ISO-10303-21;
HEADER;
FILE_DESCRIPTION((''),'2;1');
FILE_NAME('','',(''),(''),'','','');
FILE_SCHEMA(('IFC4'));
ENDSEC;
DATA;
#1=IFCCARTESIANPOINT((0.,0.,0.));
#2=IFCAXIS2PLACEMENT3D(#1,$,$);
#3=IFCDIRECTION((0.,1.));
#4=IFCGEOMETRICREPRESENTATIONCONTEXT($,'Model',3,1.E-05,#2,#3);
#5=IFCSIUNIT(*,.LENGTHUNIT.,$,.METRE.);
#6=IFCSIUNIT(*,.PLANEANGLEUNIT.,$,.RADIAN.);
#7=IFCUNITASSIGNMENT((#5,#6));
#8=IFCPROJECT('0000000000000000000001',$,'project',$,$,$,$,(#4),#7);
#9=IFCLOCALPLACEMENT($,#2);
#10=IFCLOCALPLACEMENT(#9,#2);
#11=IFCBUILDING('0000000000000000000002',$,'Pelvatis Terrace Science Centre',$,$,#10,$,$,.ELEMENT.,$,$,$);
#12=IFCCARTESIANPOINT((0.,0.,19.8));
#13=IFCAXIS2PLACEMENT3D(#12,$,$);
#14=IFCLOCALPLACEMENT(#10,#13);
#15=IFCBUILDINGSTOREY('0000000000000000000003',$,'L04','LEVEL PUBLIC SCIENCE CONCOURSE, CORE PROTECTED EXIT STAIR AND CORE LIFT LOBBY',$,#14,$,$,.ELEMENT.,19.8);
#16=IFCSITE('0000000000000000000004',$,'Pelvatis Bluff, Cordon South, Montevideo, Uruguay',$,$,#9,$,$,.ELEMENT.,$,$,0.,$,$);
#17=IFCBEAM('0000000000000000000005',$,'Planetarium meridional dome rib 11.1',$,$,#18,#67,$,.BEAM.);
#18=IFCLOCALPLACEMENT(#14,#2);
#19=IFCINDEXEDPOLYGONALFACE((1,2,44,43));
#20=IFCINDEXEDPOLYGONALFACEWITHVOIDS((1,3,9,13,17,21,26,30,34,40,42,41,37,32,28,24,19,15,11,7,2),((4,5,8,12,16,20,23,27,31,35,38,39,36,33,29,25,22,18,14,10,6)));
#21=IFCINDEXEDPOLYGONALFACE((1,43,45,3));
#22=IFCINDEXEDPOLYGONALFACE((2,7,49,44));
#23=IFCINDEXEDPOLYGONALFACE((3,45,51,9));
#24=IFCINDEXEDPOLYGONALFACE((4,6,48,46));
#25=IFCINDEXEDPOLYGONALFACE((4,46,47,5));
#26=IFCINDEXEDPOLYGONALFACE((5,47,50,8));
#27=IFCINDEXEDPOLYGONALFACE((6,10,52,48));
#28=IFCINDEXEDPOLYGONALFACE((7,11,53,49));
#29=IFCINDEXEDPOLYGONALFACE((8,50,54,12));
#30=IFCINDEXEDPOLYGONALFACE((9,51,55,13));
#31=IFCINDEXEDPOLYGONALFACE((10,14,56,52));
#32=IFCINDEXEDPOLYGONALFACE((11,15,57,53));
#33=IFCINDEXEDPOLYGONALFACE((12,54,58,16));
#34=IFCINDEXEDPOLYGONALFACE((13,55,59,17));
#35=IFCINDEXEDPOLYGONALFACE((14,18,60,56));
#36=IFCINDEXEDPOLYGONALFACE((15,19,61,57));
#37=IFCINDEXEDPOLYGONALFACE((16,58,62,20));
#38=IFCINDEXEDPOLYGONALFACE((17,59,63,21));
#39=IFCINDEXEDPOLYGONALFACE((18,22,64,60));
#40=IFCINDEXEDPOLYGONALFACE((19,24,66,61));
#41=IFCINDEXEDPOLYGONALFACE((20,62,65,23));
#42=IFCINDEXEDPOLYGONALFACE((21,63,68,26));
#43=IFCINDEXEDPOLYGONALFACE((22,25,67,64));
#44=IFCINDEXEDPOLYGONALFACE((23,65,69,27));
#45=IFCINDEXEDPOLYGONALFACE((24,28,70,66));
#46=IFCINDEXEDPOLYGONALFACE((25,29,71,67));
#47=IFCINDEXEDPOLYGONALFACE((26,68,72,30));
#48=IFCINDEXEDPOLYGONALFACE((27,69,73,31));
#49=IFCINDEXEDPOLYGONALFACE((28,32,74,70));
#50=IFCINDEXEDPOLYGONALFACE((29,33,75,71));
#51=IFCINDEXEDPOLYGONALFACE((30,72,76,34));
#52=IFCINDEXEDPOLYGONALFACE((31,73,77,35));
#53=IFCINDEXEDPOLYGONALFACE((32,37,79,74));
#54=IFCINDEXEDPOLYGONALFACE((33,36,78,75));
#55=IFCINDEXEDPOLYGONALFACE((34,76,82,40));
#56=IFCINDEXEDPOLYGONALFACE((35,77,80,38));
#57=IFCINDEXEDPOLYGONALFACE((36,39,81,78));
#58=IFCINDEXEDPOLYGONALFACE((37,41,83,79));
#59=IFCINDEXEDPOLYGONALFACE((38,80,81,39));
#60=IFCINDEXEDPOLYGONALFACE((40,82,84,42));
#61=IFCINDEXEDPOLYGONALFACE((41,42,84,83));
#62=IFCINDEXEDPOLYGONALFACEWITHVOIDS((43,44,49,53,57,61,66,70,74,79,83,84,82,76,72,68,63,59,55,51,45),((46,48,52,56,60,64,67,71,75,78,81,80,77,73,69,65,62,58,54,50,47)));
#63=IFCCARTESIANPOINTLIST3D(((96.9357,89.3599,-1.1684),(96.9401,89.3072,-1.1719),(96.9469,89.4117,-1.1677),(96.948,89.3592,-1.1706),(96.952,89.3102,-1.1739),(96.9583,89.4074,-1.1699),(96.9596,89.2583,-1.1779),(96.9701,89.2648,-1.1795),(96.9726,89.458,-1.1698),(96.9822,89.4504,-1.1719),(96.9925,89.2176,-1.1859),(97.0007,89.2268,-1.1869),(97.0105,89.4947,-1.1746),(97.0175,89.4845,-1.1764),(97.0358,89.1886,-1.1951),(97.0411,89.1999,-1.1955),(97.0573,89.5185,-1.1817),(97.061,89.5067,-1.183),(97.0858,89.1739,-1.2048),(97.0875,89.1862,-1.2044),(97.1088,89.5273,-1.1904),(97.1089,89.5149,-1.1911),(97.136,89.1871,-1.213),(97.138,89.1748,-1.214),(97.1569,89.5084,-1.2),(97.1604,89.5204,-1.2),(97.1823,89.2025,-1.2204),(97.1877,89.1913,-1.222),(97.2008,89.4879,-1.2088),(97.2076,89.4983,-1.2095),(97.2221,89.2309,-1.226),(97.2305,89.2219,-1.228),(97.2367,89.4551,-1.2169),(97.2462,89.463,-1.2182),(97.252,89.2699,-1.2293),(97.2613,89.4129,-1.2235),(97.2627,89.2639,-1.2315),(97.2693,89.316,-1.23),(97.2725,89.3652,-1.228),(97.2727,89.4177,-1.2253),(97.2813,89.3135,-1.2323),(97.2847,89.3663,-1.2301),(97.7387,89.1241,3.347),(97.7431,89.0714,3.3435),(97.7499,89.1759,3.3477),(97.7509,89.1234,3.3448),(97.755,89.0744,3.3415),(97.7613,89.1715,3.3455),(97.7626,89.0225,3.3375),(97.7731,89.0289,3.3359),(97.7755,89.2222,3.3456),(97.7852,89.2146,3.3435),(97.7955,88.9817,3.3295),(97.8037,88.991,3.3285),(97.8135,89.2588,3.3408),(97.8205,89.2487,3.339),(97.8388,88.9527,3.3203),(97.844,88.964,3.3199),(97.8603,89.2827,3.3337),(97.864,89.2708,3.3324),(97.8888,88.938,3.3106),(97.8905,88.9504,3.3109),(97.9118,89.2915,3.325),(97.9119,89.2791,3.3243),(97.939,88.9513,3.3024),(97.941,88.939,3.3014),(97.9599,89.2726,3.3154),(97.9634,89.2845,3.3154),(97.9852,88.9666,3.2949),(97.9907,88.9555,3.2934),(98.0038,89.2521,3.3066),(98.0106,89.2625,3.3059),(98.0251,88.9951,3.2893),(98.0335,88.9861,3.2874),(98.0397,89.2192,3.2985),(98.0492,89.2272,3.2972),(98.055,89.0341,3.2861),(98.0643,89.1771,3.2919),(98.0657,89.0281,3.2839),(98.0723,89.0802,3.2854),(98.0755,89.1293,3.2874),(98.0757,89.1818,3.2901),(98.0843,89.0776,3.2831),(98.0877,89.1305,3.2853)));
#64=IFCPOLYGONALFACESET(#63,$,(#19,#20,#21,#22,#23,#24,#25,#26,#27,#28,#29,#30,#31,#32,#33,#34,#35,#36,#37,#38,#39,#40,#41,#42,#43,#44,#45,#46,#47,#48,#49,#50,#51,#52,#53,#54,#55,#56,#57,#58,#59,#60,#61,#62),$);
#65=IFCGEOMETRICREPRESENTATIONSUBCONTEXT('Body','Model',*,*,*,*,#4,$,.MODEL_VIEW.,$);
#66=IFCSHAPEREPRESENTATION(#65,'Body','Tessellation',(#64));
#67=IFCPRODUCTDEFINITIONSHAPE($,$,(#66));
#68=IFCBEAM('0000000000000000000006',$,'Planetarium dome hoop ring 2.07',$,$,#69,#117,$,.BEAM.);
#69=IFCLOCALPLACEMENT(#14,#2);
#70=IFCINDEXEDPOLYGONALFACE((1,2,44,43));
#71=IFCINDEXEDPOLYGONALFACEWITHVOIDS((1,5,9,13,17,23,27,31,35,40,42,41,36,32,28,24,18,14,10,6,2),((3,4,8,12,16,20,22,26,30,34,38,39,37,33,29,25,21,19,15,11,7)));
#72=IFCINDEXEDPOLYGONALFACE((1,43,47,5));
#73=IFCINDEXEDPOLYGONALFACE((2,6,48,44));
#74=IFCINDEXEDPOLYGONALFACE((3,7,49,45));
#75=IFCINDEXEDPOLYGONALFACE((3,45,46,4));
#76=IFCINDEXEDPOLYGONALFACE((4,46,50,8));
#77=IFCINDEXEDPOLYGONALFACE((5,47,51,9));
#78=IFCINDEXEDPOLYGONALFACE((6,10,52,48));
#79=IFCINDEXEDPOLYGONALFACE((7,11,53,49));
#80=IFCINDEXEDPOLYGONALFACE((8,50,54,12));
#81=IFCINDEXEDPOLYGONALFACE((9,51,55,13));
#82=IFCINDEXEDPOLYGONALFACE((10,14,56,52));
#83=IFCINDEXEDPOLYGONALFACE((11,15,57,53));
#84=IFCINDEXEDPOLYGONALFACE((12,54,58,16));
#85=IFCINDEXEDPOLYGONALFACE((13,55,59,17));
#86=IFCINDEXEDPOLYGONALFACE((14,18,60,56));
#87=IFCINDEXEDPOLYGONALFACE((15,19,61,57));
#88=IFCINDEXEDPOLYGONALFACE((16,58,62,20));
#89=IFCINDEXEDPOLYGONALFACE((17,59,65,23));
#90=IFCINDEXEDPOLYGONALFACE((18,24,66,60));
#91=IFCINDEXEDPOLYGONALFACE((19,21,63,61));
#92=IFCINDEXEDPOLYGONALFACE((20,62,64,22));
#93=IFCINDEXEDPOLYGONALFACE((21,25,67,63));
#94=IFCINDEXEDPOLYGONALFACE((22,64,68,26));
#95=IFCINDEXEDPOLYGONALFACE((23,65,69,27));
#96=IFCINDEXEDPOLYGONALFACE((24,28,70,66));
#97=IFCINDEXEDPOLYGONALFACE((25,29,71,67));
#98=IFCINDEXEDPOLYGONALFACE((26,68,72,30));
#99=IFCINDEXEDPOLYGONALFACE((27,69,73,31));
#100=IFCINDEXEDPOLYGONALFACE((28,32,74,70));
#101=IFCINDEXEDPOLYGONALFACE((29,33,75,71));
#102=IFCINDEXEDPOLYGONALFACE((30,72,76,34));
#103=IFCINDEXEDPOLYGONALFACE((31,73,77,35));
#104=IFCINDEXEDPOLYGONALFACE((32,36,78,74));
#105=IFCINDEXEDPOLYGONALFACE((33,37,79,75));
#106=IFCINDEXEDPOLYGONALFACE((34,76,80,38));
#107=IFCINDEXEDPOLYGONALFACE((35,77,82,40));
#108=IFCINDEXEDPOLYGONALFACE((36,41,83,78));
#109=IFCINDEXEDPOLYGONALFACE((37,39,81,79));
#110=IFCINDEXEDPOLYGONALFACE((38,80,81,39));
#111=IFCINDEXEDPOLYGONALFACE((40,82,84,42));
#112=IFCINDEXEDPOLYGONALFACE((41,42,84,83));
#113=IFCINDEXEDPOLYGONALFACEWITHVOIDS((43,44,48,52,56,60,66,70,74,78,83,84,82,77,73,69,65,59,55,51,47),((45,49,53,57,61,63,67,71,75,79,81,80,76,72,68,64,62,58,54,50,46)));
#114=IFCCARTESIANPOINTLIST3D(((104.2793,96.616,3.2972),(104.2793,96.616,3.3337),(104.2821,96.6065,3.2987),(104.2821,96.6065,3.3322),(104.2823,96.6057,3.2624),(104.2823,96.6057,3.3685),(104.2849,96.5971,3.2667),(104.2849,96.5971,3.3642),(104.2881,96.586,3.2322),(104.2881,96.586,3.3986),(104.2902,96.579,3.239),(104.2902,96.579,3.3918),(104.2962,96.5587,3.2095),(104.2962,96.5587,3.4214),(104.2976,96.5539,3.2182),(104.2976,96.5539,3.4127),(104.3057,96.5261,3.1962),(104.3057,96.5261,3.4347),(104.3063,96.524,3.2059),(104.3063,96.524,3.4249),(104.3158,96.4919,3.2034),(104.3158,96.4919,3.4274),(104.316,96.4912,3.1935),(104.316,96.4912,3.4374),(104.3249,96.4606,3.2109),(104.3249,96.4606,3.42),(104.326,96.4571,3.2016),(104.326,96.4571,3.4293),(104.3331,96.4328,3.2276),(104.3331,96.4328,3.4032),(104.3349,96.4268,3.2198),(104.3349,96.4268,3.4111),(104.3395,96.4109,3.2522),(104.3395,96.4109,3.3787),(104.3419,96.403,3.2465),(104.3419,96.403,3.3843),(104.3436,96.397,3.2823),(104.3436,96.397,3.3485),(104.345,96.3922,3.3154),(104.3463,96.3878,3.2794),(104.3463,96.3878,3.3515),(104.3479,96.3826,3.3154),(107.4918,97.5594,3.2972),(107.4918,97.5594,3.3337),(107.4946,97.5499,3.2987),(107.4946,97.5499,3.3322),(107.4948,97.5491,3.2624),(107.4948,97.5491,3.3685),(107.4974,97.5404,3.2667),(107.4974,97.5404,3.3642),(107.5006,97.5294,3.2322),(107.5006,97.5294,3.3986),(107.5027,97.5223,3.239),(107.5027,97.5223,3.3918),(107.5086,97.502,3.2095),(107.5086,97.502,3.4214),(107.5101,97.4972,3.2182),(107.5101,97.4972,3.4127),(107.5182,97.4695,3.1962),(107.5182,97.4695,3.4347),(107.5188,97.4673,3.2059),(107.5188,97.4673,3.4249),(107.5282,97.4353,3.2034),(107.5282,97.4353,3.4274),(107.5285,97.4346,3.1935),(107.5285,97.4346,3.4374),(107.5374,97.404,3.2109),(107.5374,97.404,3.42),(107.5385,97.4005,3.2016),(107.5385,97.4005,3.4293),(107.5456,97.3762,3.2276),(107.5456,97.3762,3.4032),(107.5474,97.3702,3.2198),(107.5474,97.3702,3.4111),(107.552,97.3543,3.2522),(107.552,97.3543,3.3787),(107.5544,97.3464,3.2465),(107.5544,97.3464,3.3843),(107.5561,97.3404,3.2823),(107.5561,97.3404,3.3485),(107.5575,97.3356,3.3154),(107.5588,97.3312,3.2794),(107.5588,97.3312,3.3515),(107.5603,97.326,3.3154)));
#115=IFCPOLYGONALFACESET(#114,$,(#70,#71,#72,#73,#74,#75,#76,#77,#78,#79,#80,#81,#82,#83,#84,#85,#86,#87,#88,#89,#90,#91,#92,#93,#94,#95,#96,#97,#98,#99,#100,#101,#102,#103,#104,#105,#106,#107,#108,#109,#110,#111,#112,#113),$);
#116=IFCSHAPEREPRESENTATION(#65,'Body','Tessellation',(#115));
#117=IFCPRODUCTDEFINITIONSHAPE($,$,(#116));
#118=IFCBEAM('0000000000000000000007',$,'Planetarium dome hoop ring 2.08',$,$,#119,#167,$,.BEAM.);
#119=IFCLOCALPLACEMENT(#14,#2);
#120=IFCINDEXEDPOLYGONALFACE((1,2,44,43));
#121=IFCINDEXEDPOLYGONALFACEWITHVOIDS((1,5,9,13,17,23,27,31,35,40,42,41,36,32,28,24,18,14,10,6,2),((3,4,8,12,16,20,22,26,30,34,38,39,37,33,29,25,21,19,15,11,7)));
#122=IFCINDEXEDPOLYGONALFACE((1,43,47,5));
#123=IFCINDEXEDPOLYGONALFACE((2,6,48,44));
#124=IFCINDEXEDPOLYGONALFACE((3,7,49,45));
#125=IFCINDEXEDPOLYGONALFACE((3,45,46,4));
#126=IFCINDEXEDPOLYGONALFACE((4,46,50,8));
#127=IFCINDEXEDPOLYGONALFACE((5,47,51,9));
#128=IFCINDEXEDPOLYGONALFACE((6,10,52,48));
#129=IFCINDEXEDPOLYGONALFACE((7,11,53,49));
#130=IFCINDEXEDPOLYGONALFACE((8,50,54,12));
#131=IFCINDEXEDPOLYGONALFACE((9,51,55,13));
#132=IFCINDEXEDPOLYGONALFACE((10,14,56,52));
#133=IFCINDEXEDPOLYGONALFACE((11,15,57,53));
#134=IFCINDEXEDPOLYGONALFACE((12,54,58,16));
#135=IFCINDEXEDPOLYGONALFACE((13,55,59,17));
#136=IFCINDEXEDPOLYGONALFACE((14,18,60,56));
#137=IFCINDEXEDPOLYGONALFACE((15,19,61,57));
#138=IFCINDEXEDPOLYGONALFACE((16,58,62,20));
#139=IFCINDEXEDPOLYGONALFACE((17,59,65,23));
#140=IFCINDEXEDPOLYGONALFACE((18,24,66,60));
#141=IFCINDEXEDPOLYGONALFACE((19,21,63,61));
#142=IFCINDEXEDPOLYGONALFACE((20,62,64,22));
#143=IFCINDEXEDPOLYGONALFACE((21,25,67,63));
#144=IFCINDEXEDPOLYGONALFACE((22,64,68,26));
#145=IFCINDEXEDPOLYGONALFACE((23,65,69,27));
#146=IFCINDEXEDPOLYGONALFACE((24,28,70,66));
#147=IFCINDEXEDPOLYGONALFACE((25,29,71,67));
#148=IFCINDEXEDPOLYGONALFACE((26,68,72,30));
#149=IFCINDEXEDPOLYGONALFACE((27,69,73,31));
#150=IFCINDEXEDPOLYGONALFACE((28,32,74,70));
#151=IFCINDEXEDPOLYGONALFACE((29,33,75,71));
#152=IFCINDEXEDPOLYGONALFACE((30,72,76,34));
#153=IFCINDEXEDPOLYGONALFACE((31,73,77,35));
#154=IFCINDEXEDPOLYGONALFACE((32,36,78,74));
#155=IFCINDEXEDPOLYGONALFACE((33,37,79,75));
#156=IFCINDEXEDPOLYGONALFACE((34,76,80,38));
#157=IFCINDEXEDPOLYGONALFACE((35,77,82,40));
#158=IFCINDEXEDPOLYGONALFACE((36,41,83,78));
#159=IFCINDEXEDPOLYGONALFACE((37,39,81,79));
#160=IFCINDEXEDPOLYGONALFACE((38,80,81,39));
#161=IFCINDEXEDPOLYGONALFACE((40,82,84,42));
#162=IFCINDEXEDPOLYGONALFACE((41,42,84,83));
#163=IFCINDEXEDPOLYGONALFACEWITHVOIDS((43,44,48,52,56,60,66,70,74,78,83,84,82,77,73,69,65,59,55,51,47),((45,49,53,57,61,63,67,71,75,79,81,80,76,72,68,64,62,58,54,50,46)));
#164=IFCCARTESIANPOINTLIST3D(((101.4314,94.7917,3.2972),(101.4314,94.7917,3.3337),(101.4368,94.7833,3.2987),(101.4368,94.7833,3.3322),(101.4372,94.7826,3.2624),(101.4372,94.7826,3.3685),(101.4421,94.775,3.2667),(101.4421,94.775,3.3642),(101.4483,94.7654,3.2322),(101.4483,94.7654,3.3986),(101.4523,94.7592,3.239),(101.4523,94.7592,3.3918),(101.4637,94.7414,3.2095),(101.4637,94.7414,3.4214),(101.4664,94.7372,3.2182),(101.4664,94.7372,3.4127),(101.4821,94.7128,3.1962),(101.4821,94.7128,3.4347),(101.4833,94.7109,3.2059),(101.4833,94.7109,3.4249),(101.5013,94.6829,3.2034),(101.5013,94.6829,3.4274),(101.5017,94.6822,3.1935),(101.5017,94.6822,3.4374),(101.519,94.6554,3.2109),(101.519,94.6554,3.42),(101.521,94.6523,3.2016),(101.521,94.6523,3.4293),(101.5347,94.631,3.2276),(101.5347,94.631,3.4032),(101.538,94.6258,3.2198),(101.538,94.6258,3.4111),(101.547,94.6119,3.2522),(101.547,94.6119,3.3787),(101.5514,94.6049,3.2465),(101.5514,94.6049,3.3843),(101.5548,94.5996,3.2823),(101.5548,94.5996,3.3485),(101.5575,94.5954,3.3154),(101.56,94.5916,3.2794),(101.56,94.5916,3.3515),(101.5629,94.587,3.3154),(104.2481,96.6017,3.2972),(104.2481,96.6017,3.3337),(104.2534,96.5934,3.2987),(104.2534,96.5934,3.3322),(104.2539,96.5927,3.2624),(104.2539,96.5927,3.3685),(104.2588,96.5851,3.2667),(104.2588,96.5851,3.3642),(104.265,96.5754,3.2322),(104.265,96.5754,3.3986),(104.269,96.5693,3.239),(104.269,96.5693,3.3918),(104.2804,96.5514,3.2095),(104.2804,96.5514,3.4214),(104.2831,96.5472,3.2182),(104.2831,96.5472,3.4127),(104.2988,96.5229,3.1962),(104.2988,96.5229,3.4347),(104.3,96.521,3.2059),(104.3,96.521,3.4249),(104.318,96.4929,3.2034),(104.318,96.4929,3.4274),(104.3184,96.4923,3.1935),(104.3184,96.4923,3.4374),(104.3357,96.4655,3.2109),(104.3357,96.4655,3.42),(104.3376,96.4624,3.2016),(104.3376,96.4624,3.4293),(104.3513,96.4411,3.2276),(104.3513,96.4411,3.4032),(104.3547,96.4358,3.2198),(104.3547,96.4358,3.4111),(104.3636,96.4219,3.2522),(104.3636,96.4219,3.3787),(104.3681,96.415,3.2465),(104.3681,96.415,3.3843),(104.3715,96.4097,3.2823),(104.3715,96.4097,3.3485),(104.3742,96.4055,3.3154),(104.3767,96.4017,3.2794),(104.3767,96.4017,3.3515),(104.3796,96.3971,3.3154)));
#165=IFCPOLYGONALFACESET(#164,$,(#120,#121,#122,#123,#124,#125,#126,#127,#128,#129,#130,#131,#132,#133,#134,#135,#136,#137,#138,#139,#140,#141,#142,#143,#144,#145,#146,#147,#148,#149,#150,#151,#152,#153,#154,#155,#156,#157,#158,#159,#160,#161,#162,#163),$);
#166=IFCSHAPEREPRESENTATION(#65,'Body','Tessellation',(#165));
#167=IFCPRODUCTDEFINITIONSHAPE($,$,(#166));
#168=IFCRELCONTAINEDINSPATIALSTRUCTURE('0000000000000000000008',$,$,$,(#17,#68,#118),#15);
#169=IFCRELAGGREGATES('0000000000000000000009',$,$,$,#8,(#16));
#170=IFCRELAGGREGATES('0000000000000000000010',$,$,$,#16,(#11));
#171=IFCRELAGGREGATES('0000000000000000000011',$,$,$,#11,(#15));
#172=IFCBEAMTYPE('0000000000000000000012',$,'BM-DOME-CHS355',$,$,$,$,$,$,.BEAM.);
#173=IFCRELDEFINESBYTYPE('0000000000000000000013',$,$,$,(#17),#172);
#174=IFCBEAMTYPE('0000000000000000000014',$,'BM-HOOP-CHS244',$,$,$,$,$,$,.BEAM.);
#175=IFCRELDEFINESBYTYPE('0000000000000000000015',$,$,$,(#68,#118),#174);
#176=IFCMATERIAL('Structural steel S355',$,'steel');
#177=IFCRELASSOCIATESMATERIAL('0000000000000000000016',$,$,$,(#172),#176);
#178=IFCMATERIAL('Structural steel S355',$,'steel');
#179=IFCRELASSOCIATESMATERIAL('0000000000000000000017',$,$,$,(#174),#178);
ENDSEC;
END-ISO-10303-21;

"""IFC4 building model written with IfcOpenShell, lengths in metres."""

from ifc_helpers import new_model, si_unit, direction, frame, origin, origin_2d, place, context, subcontext, project, spatial, hollow_circle, extrude, material, material_profile, profile_set, type_object, element, save


model = new_model("IFC4")

# Units and contexts
model_context = context("Model", 3, precision=1e-05, world=origin(), true_north=direction((0.0, 1.0)))
body_context = subcontext(model_context, "Body", "Model", "MODEL_VIEW")
ifc_project = project(units=[si_unit("LENGTHUNIT", "METRE"), si_unit("PLANEANGLEUNIT", "RADIAN")], contexts=[model_context])

# Site, building, storey
site_placement = place(None, origin())
site = spatial("IfcSite", under=ifc_project, at=site_placement, Name="Pelvatis Bluff, Cordon South, Montevideo, Uruguay", CompositionType="ELEMENT", RefElevation=0.0)
building_placement = place(site_placement, origin())
building = spatial("IfcBuilding", under=site, at=building_placement, Name="Pelvatis Terrace Science Centre", CompositionType="ELEMENT")
storey_placement = place(building_placement, frame((0.0, 0.0, 19.8)))
storey = spatial("IfcBuildingStorey", under=building, at=storey_placement, Name="L04", Description="LEVEL PUBLIC SCIENCE CONCOURSE, CORE PROTECTED EXIT STAIR AND CORE LIFT LOBBY", CompositionType="ELEMENT", Elevation=19.8)

# Beams
ifc_material_1 = material(Name="Structural steel S355", Category="steel")
ifc_material_profile_1 = material_profile(ifc_material_1, hollow_circle(Radius=0.1777, WallThickness=0.0125, at=origin_2d()), Name="CHS 355.6x12.5")
ifc_profile_set_1 = profile_set([ifc_material_profile_1], Name="Structural steel S355")
beam_type_1 = type_object("IfcBeamType", Name="BM-DOME-CHS355", PredefinedType="BEAM", material=ifc_profile_set_1)
for number, where, z_axis, x_axis, name in (
    (1, (97.1104, 89.3499, -1.2), (0.174854, -0.051356, 0.983254), (0.281803, 0.959472, 0.0), "Planetarium meridional dome rib 11.1"),
):
    element("IfcBeam", number, at=place(storey_placement, frame(where, z_axis=z_axis, x_axis=x_axis)), inside=storey, type_object=beam_type_1, Name=name, PredefinedType="BEAM", context=body_context, shape_type="SweptSolid", body=[
        extrude(hollow_circle(Radius=0.1777, WallThickness=0.0125, at=origin_2d()), origin(), (0.0, 0.0, 1.0), 4.5923),
    ])
ifc_material_2 = material(Name="Structural steel S355", Category="steel")
ifc_material_profile_2 = material_profile(ifc_material_2, hollow_circle(Radius=0.1223, WallThickness=0.01, at=origin_2d()), Name="CHS 244.5x10.0")
ifc_profile_set_2 = profile_set([ifc_material_profile_2], Name="Structural steel S355")
beam_type_2 = type_object("IfcBeamType", Name="BM-HOOP-CHS244", PredefinedType="BEAM", material=ifc_profile_set_2)
for number, where, z_axis, x_axis, name in (
    (2, (107.5259, 97.4434, 3.3154), (-0.959484, -0.281764, 0.0), (0.281764, -0.959484, 0.0), "Planetarium dome hoop ring 2.07"),
    (3, (104.3135, 96.5, 3.3154), (-0.841266, -0.540621, 0.0), (0.540621, -0.841266, 0.0), "Planetarium dome hoop ring 2.08"),
):
    element("IfcBeam", number, at=place(storey_placement, frame(where, z_axis=z_axis, x_axis=x_axis)), inside=storey, type_object=beam_type_2, Name=name, PredefinedType="BEAM", context=body_context, shape_type="SweptSolid", body=[
        extrude(hollow_circle(Radius=0.1223, WallThickness=0.01, at=origin_2d()), origin(), (0.0, 0.0, 1.0), 3.3481),
    ])

save(model, "model.ifc")
